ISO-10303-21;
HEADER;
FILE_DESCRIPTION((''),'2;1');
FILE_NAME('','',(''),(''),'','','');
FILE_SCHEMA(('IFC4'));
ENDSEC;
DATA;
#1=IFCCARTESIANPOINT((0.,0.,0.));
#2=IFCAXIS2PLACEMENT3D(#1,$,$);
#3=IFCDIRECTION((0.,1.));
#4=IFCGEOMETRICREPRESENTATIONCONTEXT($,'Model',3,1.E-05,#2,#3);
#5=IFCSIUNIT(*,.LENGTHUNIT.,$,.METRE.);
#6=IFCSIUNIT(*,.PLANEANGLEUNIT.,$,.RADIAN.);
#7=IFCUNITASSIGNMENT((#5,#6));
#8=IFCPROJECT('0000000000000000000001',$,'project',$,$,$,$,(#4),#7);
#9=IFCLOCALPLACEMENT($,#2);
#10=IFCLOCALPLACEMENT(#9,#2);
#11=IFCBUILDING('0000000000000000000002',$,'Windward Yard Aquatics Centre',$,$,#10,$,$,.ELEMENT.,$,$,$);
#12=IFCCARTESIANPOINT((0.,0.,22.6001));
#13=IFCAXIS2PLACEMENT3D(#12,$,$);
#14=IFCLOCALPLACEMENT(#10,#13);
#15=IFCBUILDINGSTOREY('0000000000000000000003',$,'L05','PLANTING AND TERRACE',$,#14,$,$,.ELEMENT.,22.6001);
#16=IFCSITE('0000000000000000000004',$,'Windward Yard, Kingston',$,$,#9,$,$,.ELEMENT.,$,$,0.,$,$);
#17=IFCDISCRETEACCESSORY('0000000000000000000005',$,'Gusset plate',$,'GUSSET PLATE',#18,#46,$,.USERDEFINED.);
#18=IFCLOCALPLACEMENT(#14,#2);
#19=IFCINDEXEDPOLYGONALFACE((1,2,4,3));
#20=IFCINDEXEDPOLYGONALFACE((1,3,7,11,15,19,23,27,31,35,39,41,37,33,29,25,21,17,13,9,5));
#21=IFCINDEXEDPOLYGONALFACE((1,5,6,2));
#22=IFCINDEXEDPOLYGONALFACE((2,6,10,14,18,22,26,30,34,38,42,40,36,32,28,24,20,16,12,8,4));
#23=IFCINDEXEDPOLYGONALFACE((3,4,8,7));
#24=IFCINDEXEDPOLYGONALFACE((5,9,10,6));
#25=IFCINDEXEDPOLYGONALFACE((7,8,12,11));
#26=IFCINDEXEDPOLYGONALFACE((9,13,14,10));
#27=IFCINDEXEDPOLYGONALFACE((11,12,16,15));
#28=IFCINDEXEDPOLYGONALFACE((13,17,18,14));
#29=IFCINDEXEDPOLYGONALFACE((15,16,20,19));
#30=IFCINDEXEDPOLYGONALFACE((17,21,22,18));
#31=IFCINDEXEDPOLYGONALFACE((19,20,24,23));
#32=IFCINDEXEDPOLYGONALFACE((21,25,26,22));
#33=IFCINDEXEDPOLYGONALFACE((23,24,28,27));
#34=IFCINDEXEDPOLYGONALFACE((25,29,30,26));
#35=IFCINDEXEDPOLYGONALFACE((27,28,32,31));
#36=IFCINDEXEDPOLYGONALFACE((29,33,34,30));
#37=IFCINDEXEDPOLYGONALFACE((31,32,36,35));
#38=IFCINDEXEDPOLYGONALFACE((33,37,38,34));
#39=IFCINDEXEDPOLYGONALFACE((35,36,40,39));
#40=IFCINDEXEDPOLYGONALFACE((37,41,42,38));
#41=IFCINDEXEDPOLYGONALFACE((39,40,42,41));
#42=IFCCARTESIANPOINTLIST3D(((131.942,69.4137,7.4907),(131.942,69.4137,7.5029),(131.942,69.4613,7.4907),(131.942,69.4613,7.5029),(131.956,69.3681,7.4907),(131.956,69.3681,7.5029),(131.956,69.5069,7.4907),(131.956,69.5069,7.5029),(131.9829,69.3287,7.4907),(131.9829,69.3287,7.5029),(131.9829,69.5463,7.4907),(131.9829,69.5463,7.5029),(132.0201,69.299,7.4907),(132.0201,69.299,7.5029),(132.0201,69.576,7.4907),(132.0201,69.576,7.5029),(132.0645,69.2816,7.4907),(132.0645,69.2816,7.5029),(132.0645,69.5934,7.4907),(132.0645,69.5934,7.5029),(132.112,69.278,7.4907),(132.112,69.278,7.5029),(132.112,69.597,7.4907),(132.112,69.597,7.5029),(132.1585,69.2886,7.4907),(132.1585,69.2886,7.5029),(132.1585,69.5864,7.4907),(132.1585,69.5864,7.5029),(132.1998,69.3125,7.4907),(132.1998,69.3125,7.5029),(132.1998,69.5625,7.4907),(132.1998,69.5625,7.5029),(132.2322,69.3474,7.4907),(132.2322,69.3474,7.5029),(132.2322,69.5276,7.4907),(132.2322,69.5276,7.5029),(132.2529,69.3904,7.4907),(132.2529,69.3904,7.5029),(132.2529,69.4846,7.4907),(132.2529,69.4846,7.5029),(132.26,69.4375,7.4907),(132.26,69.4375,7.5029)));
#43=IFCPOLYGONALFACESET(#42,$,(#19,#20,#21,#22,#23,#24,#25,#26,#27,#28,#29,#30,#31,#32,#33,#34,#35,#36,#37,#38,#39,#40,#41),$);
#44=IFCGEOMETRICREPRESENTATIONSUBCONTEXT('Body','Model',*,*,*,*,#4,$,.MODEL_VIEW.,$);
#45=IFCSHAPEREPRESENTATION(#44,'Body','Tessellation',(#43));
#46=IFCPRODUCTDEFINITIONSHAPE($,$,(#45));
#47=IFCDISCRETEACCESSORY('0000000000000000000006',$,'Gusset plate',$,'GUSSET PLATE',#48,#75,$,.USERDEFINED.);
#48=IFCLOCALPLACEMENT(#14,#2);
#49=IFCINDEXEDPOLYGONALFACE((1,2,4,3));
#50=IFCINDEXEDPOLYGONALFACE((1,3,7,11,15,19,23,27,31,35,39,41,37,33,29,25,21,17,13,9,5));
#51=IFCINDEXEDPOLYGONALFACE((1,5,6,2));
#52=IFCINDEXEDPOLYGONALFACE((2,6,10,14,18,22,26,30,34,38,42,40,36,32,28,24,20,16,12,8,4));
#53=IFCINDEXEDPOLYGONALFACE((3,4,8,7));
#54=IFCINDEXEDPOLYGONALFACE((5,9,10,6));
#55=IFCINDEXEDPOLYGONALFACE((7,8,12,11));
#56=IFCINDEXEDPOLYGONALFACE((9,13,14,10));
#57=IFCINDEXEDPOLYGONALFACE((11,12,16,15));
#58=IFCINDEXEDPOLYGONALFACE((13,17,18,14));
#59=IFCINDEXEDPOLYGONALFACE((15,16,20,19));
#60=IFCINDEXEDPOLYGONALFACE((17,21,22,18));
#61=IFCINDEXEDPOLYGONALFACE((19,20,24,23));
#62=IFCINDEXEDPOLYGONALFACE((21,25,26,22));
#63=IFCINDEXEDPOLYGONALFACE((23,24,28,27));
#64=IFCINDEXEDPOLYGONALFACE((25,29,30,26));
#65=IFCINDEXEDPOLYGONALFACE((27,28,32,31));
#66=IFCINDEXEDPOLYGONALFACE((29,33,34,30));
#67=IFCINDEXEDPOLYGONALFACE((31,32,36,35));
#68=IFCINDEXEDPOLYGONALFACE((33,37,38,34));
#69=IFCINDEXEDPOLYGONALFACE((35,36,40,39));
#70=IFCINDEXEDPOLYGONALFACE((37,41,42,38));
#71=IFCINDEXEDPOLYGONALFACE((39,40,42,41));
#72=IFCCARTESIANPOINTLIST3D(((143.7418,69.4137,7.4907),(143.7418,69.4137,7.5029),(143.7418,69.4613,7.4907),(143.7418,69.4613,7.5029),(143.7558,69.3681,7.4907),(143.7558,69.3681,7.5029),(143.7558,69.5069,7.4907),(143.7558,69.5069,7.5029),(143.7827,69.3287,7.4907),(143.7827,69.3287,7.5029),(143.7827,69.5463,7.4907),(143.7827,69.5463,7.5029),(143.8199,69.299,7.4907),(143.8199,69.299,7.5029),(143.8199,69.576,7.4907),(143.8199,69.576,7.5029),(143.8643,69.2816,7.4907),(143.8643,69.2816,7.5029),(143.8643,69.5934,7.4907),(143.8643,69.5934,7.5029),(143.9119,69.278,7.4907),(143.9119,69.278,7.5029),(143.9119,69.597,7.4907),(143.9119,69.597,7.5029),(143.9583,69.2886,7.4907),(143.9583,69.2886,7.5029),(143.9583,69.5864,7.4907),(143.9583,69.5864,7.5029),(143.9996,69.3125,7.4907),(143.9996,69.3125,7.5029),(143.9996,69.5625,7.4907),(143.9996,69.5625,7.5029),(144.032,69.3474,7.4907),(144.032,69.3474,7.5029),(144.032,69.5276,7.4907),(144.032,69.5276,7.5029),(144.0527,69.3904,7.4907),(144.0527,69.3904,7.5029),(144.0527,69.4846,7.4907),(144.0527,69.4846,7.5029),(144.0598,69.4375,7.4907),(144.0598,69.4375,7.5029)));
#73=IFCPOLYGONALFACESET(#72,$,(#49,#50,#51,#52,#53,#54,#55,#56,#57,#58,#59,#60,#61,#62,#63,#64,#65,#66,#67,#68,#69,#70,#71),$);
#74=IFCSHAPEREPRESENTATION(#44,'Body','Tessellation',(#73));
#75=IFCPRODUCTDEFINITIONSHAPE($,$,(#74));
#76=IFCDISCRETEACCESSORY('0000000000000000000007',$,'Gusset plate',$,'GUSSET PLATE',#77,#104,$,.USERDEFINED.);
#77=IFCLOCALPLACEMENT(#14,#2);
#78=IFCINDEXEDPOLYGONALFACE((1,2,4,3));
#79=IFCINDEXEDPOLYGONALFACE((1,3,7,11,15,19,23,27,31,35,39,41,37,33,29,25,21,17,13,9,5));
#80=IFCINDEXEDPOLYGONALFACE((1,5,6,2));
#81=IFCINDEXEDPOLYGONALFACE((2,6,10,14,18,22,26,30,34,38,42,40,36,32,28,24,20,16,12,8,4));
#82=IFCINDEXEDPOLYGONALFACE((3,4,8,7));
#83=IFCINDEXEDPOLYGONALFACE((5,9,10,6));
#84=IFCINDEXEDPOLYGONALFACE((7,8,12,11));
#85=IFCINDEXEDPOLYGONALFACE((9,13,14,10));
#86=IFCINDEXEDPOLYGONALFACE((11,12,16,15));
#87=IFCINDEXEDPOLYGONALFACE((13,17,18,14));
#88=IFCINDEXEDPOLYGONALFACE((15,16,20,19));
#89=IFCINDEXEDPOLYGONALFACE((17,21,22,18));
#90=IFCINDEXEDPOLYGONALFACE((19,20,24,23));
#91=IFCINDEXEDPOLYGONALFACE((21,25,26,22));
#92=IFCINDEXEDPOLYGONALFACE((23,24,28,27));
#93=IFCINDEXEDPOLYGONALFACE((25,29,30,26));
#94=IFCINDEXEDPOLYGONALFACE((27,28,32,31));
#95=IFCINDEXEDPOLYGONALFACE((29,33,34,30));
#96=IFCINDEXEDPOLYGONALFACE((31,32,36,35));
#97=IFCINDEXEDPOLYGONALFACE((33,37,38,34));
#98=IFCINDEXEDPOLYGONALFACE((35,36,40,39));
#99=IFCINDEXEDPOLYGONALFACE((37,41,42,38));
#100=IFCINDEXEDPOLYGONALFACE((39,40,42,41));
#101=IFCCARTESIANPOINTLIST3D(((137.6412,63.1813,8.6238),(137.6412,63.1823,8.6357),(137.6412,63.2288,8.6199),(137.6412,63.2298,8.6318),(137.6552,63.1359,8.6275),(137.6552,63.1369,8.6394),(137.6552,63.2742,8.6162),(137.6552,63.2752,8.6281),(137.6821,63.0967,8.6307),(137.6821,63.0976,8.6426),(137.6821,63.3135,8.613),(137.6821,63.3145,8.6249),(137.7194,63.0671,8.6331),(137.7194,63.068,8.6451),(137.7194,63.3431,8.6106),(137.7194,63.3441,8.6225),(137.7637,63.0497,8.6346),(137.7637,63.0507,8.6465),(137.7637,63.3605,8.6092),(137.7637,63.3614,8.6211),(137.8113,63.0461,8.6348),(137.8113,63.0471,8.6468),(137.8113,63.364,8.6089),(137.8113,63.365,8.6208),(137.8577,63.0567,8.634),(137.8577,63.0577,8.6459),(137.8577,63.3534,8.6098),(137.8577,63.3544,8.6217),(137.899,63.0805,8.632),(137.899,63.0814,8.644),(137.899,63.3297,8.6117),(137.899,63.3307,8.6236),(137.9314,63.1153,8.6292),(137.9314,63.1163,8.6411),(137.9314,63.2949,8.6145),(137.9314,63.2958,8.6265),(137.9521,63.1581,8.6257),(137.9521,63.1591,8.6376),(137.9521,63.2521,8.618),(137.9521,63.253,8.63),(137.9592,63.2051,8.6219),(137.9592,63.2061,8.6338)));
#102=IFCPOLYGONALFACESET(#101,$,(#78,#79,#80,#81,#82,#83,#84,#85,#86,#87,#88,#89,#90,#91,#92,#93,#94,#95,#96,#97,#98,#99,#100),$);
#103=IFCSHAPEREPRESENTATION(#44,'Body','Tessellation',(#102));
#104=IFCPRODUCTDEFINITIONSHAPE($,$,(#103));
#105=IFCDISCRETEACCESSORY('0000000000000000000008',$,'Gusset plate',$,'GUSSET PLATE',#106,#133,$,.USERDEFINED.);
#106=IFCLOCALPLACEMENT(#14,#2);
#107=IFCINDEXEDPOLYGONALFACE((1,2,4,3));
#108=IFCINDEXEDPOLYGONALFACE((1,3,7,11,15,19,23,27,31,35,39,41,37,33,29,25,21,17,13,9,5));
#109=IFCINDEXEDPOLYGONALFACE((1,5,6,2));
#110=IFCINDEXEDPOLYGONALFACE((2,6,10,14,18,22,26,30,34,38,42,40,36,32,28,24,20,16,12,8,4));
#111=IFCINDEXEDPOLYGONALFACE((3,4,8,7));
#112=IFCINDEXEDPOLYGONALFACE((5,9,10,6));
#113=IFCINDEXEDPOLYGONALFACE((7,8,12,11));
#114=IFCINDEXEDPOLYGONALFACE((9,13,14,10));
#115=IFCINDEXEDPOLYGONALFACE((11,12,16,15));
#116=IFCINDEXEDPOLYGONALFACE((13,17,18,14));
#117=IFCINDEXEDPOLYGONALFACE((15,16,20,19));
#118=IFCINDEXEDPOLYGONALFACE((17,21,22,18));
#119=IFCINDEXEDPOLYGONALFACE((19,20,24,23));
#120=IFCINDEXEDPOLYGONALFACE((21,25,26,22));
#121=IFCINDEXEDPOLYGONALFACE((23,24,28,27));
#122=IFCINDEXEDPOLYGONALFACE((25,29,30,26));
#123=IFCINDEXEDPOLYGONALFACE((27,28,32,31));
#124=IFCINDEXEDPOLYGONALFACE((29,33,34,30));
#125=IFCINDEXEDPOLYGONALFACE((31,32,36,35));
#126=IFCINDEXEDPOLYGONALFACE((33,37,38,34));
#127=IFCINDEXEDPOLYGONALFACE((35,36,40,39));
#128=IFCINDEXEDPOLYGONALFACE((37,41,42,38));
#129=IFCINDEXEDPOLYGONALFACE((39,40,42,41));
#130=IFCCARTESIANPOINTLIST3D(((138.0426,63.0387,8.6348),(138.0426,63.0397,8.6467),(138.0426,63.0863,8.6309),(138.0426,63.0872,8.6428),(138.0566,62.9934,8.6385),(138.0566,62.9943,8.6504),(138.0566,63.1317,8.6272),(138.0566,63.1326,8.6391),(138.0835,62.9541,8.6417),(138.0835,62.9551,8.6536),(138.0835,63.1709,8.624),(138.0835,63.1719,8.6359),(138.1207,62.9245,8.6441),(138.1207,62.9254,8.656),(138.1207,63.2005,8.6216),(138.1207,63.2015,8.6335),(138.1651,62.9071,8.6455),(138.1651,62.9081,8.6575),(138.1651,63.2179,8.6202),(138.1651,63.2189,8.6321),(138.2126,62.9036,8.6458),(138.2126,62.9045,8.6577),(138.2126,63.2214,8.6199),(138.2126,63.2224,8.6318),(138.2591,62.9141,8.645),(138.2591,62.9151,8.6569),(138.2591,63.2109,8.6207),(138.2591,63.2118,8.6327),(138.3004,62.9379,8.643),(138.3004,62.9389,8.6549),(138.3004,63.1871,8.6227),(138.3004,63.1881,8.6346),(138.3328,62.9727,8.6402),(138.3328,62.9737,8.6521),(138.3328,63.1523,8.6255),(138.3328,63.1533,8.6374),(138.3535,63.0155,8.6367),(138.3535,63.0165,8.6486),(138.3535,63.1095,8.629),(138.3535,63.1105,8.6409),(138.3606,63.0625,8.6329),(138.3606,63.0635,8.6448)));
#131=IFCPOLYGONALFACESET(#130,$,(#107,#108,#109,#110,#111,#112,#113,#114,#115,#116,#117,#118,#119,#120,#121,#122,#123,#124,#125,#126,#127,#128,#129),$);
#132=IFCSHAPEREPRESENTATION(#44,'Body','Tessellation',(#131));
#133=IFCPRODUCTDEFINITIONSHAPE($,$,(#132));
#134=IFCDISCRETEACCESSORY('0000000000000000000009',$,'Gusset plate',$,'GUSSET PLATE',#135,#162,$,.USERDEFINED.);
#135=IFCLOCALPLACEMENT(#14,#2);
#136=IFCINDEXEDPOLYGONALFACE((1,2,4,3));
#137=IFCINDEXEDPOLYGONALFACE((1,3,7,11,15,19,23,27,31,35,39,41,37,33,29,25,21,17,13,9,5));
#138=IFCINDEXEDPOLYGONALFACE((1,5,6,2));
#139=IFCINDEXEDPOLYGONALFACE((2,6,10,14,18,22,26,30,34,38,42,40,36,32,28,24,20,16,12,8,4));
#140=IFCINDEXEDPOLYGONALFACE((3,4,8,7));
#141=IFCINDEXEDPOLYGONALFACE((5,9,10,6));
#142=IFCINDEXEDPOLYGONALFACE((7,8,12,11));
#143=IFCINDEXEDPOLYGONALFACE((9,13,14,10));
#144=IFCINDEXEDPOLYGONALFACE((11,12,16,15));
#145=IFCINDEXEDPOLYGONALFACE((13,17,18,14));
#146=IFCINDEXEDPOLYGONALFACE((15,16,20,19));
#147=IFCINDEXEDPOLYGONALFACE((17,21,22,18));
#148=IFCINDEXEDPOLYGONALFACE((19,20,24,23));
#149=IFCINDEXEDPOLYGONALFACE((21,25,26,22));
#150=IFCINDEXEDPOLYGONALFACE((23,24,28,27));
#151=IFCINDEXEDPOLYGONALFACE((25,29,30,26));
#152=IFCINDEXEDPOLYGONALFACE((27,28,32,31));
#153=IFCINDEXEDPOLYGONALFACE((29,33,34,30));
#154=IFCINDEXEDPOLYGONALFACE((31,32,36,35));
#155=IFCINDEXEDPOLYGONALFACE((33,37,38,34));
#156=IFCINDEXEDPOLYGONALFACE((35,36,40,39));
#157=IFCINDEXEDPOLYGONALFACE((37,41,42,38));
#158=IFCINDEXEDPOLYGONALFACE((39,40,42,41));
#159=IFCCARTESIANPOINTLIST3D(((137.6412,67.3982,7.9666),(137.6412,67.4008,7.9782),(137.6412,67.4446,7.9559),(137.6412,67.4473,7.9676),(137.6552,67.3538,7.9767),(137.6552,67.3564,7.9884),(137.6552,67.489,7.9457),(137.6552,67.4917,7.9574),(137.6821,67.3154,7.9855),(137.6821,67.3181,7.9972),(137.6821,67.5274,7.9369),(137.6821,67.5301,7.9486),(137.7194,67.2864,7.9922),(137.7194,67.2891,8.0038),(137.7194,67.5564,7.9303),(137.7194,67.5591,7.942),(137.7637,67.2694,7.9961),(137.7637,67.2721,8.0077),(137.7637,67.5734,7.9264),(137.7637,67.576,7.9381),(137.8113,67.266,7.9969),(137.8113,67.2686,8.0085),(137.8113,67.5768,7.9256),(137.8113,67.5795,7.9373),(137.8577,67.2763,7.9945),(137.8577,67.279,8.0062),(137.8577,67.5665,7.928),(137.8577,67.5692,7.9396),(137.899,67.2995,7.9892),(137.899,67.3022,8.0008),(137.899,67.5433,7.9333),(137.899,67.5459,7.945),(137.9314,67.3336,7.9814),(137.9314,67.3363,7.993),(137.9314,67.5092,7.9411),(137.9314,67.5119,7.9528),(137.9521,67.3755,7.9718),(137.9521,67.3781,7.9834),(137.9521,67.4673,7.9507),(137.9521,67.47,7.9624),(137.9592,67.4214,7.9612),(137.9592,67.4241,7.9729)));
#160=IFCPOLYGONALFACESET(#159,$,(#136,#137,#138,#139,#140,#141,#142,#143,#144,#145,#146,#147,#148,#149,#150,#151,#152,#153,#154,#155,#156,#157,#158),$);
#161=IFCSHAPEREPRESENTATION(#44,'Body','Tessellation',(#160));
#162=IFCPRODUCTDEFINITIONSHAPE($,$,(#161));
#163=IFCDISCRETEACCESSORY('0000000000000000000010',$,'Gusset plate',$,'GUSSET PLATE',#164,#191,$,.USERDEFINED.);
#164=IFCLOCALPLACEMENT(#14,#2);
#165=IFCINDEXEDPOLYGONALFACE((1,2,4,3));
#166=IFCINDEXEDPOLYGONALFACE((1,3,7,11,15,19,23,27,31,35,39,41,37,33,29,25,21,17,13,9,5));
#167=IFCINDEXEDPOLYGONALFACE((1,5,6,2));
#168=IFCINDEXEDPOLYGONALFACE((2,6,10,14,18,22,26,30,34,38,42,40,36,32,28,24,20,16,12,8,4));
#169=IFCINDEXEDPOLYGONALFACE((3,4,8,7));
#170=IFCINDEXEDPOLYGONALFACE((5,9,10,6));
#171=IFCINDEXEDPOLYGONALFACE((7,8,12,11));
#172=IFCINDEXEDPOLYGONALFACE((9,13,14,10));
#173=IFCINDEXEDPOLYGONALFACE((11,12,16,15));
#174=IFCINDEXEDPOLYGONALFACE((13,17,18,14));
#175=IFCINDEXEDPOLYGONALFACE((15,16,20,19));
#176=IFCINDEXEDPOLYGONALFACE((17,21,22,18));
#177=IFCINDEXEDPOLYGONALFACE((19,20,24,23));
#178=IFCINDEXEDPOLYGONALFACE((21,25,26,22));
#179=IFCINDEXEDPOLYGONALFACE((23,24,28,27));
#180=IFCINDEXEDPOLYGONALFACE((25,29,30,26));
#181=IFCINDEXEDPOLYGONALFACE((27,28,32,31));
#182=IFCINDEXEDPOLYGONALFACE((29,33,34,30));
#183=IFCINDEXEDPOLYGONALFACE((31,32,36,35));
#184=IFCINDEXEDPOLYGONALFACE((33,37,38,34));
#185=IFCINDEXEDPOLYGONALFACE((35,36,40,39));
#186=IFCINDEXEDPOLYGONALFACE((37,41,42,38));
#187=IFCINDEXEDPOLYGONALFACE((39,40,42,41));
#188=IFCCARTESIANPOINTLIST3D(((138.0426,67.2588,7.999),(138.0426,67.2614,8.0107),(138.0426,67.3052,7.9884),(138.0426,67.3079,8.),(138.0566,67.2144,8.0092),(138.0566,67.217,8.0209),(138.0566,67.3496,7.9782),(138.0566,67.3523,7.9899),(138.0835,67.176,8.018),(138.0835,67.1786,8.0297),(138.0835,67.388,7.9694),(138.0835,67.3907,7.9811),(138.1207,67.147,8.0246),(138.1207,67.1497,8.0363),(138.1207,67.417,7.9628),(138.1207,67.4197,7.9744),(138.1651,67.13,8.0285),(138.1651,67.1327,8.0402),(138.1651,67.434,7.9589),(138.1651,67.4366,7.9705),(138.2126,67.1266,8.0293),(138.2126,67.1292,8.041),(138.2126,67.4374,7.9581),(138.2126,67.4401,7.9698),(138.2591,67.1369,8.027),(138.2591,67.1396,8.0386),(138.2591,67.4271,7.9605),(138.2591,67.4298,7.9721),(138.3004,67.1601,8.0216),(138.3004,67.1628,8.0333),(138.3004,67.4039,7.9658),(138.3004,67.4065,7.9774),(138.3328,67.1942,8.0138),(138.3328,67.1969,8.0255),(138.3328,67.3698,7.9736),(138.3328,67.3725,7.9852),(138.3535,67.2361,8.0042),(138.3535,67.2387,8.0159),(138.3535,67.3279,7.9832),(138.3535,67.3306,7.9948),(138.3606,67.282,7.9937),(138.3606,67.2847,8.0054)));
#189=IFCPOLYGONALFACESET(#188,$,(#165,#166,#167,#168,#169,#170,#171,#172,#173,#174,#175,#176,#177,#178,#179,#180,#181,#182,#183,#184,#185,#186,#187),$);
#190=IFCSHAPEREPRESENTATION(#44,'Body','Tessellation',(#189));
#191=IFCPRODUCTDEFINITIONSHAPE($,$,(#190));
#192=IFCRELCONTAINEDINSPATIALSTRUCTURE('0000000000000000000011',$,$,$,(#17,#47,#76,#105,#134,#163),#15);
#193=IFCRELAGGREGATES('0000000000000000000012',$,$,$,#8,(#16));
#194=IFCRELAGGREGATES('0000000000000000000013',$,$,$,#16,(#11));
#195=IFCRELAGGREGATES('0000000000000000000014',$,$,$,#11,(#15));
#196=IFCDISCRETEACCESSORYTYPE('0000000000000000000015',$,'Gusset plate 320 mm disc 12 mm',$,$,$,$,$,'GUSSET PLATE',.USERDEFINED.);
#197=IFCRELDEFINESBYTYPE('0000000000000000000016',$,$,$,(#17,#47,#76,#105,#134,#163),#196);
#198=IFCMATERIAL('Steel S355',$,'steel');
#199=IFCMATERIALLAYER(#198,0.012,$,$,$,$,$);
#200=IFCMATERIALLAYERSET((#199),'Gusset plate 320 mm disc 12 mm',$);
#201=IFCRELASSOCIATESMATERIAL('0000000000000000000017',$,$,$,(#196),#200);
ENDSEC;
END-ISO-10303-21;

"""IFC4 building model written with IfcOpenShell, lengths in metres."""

from ifc_helpers import new_model, si_unit, direction, frame, origin, origin_2d, place, context, subcontext, project, spatial, circle, extrude, material, layer, layer_set, type_object, element, save


model = new_model("IFC4")

# Units and contexts
model_context = context("Model", 3, precision=1e-05, world=origin(), true_north=direction((0.0, 1.0)))
body_context = subcontext(model_context, "Body", "Model", "MODEL_VIEW")
ifc_project = project(units=[si_unit("LENGTHUNIT", "METRE"), si_unit("PLANEANGLEUNIT", "RADIAN")], contexts=[model_context])

# Site, building, storey
site_placement = place(None, origin())
site = spatial("IfcSite", under=ifc_project, at=site_placement, Name="Windward Yard, Kingston", CompositionType="ELEMENT", RefElevation=0.0)
building_placement = place(site_placement, origin())
building = spatial("IfcBuilding", under=site, at=building_placement, Name="Windward Yard Aquatics Centre", CompositionType="ELEMENT")
storey_placement = place(building_placement, frame((0.0, 0.0, 22.6001)))
storey = spatial("IfcBuildingStorey", under=building, at=storey_placement, Name="L05", Description="PLANTING AND TERRACE", CompositionType="ELEMENT", Elevation=22.6001)

# Discrete accessories
ifc_material_1 = material(Name="Steel S355", Category="steel")
ifc_layer = layer(ifc_material_1, 0.012)
ifc_layer_set = layer_set([ifc_layer], Name="Gusset plate 320 mm disc 12 mm")
discrete_accessory_type = type_object("IfcDiscreteAccessoryType", Name="Gusset plate 320 mm disc 12 mm", ElementType="GUSSET PLATE", PredefinedType="USERDEFINED", material=ifc_layer_set)
for number, where, z_axis, x_axis, name in (
    (1, (132.1001, 69.4375, 7.4907), (0.0, 0.0, 1.0), (1.0, 0.0, 0.0), "Gusset plate"),
    (2, (143.8999, 69.4375, 7.4907), (0.0, 0.0, 1.0), (1.0, 0.0, 0.0), "Gusset plate"),
):
    element("IfcDiscreteAccessory", number, at=place(storey_placement, frame(where, z_axis=z_axis, x_axis=x_axis)), inside=storey, type_object=discrete_accessory_type, Name=name, ObjectType="GUSSET PLATE", PredefinedType="USERDEFINED", context=body_context, shape_type="SweptSolid", body=[
        extrude(circle(Radius=0.1599, at=origin_2d()), origin(), (0.0, 0.0, 1.0), 0.0122),
    ])
for number, where, z_axis, x_axis, name in (
    (3, (137.7993, 63.2061, 8.6338), (0.0, -0.081362, -0.996685), (1.0, 0.0, 0.0), "Gusset plate"),
    (4, (138.2007, 63.0635, 8.6448), (0.0, -0.081362, -0.996685), (1.0, 0.0, 0.0), "Gusset plate"),
    (5, (137.7993, 67.4241, 7.9729), (0.0, -0.223376, -0.974732), (1.0, 0.0, 0.0), "Gusset plate"),
    (6, (138.2007, 67.2847, 8.0054), (0.0, -0.223376, -0.974732), (1.0, 0.0, 0.0), "Gusset plate"),
):
    element("IfcDiscreteAccessory", number, at=place(storey_placement, frame(where, z_axis=z_axis, x_axis=x_axis)), inside=storey, type_object=discrete_accessory_type, Name=name, ObjectType="GUSSET PLATE", PredefinedType="USERDEFINED", context=body_context, shape_type="SweptSolid", body=[
        extrude(circle(Radius=0.1599, at=origin_2d()), origin(), (0.0, 0.0, 1.0), 0.012),
    ])

save(model, "model.ifc")
